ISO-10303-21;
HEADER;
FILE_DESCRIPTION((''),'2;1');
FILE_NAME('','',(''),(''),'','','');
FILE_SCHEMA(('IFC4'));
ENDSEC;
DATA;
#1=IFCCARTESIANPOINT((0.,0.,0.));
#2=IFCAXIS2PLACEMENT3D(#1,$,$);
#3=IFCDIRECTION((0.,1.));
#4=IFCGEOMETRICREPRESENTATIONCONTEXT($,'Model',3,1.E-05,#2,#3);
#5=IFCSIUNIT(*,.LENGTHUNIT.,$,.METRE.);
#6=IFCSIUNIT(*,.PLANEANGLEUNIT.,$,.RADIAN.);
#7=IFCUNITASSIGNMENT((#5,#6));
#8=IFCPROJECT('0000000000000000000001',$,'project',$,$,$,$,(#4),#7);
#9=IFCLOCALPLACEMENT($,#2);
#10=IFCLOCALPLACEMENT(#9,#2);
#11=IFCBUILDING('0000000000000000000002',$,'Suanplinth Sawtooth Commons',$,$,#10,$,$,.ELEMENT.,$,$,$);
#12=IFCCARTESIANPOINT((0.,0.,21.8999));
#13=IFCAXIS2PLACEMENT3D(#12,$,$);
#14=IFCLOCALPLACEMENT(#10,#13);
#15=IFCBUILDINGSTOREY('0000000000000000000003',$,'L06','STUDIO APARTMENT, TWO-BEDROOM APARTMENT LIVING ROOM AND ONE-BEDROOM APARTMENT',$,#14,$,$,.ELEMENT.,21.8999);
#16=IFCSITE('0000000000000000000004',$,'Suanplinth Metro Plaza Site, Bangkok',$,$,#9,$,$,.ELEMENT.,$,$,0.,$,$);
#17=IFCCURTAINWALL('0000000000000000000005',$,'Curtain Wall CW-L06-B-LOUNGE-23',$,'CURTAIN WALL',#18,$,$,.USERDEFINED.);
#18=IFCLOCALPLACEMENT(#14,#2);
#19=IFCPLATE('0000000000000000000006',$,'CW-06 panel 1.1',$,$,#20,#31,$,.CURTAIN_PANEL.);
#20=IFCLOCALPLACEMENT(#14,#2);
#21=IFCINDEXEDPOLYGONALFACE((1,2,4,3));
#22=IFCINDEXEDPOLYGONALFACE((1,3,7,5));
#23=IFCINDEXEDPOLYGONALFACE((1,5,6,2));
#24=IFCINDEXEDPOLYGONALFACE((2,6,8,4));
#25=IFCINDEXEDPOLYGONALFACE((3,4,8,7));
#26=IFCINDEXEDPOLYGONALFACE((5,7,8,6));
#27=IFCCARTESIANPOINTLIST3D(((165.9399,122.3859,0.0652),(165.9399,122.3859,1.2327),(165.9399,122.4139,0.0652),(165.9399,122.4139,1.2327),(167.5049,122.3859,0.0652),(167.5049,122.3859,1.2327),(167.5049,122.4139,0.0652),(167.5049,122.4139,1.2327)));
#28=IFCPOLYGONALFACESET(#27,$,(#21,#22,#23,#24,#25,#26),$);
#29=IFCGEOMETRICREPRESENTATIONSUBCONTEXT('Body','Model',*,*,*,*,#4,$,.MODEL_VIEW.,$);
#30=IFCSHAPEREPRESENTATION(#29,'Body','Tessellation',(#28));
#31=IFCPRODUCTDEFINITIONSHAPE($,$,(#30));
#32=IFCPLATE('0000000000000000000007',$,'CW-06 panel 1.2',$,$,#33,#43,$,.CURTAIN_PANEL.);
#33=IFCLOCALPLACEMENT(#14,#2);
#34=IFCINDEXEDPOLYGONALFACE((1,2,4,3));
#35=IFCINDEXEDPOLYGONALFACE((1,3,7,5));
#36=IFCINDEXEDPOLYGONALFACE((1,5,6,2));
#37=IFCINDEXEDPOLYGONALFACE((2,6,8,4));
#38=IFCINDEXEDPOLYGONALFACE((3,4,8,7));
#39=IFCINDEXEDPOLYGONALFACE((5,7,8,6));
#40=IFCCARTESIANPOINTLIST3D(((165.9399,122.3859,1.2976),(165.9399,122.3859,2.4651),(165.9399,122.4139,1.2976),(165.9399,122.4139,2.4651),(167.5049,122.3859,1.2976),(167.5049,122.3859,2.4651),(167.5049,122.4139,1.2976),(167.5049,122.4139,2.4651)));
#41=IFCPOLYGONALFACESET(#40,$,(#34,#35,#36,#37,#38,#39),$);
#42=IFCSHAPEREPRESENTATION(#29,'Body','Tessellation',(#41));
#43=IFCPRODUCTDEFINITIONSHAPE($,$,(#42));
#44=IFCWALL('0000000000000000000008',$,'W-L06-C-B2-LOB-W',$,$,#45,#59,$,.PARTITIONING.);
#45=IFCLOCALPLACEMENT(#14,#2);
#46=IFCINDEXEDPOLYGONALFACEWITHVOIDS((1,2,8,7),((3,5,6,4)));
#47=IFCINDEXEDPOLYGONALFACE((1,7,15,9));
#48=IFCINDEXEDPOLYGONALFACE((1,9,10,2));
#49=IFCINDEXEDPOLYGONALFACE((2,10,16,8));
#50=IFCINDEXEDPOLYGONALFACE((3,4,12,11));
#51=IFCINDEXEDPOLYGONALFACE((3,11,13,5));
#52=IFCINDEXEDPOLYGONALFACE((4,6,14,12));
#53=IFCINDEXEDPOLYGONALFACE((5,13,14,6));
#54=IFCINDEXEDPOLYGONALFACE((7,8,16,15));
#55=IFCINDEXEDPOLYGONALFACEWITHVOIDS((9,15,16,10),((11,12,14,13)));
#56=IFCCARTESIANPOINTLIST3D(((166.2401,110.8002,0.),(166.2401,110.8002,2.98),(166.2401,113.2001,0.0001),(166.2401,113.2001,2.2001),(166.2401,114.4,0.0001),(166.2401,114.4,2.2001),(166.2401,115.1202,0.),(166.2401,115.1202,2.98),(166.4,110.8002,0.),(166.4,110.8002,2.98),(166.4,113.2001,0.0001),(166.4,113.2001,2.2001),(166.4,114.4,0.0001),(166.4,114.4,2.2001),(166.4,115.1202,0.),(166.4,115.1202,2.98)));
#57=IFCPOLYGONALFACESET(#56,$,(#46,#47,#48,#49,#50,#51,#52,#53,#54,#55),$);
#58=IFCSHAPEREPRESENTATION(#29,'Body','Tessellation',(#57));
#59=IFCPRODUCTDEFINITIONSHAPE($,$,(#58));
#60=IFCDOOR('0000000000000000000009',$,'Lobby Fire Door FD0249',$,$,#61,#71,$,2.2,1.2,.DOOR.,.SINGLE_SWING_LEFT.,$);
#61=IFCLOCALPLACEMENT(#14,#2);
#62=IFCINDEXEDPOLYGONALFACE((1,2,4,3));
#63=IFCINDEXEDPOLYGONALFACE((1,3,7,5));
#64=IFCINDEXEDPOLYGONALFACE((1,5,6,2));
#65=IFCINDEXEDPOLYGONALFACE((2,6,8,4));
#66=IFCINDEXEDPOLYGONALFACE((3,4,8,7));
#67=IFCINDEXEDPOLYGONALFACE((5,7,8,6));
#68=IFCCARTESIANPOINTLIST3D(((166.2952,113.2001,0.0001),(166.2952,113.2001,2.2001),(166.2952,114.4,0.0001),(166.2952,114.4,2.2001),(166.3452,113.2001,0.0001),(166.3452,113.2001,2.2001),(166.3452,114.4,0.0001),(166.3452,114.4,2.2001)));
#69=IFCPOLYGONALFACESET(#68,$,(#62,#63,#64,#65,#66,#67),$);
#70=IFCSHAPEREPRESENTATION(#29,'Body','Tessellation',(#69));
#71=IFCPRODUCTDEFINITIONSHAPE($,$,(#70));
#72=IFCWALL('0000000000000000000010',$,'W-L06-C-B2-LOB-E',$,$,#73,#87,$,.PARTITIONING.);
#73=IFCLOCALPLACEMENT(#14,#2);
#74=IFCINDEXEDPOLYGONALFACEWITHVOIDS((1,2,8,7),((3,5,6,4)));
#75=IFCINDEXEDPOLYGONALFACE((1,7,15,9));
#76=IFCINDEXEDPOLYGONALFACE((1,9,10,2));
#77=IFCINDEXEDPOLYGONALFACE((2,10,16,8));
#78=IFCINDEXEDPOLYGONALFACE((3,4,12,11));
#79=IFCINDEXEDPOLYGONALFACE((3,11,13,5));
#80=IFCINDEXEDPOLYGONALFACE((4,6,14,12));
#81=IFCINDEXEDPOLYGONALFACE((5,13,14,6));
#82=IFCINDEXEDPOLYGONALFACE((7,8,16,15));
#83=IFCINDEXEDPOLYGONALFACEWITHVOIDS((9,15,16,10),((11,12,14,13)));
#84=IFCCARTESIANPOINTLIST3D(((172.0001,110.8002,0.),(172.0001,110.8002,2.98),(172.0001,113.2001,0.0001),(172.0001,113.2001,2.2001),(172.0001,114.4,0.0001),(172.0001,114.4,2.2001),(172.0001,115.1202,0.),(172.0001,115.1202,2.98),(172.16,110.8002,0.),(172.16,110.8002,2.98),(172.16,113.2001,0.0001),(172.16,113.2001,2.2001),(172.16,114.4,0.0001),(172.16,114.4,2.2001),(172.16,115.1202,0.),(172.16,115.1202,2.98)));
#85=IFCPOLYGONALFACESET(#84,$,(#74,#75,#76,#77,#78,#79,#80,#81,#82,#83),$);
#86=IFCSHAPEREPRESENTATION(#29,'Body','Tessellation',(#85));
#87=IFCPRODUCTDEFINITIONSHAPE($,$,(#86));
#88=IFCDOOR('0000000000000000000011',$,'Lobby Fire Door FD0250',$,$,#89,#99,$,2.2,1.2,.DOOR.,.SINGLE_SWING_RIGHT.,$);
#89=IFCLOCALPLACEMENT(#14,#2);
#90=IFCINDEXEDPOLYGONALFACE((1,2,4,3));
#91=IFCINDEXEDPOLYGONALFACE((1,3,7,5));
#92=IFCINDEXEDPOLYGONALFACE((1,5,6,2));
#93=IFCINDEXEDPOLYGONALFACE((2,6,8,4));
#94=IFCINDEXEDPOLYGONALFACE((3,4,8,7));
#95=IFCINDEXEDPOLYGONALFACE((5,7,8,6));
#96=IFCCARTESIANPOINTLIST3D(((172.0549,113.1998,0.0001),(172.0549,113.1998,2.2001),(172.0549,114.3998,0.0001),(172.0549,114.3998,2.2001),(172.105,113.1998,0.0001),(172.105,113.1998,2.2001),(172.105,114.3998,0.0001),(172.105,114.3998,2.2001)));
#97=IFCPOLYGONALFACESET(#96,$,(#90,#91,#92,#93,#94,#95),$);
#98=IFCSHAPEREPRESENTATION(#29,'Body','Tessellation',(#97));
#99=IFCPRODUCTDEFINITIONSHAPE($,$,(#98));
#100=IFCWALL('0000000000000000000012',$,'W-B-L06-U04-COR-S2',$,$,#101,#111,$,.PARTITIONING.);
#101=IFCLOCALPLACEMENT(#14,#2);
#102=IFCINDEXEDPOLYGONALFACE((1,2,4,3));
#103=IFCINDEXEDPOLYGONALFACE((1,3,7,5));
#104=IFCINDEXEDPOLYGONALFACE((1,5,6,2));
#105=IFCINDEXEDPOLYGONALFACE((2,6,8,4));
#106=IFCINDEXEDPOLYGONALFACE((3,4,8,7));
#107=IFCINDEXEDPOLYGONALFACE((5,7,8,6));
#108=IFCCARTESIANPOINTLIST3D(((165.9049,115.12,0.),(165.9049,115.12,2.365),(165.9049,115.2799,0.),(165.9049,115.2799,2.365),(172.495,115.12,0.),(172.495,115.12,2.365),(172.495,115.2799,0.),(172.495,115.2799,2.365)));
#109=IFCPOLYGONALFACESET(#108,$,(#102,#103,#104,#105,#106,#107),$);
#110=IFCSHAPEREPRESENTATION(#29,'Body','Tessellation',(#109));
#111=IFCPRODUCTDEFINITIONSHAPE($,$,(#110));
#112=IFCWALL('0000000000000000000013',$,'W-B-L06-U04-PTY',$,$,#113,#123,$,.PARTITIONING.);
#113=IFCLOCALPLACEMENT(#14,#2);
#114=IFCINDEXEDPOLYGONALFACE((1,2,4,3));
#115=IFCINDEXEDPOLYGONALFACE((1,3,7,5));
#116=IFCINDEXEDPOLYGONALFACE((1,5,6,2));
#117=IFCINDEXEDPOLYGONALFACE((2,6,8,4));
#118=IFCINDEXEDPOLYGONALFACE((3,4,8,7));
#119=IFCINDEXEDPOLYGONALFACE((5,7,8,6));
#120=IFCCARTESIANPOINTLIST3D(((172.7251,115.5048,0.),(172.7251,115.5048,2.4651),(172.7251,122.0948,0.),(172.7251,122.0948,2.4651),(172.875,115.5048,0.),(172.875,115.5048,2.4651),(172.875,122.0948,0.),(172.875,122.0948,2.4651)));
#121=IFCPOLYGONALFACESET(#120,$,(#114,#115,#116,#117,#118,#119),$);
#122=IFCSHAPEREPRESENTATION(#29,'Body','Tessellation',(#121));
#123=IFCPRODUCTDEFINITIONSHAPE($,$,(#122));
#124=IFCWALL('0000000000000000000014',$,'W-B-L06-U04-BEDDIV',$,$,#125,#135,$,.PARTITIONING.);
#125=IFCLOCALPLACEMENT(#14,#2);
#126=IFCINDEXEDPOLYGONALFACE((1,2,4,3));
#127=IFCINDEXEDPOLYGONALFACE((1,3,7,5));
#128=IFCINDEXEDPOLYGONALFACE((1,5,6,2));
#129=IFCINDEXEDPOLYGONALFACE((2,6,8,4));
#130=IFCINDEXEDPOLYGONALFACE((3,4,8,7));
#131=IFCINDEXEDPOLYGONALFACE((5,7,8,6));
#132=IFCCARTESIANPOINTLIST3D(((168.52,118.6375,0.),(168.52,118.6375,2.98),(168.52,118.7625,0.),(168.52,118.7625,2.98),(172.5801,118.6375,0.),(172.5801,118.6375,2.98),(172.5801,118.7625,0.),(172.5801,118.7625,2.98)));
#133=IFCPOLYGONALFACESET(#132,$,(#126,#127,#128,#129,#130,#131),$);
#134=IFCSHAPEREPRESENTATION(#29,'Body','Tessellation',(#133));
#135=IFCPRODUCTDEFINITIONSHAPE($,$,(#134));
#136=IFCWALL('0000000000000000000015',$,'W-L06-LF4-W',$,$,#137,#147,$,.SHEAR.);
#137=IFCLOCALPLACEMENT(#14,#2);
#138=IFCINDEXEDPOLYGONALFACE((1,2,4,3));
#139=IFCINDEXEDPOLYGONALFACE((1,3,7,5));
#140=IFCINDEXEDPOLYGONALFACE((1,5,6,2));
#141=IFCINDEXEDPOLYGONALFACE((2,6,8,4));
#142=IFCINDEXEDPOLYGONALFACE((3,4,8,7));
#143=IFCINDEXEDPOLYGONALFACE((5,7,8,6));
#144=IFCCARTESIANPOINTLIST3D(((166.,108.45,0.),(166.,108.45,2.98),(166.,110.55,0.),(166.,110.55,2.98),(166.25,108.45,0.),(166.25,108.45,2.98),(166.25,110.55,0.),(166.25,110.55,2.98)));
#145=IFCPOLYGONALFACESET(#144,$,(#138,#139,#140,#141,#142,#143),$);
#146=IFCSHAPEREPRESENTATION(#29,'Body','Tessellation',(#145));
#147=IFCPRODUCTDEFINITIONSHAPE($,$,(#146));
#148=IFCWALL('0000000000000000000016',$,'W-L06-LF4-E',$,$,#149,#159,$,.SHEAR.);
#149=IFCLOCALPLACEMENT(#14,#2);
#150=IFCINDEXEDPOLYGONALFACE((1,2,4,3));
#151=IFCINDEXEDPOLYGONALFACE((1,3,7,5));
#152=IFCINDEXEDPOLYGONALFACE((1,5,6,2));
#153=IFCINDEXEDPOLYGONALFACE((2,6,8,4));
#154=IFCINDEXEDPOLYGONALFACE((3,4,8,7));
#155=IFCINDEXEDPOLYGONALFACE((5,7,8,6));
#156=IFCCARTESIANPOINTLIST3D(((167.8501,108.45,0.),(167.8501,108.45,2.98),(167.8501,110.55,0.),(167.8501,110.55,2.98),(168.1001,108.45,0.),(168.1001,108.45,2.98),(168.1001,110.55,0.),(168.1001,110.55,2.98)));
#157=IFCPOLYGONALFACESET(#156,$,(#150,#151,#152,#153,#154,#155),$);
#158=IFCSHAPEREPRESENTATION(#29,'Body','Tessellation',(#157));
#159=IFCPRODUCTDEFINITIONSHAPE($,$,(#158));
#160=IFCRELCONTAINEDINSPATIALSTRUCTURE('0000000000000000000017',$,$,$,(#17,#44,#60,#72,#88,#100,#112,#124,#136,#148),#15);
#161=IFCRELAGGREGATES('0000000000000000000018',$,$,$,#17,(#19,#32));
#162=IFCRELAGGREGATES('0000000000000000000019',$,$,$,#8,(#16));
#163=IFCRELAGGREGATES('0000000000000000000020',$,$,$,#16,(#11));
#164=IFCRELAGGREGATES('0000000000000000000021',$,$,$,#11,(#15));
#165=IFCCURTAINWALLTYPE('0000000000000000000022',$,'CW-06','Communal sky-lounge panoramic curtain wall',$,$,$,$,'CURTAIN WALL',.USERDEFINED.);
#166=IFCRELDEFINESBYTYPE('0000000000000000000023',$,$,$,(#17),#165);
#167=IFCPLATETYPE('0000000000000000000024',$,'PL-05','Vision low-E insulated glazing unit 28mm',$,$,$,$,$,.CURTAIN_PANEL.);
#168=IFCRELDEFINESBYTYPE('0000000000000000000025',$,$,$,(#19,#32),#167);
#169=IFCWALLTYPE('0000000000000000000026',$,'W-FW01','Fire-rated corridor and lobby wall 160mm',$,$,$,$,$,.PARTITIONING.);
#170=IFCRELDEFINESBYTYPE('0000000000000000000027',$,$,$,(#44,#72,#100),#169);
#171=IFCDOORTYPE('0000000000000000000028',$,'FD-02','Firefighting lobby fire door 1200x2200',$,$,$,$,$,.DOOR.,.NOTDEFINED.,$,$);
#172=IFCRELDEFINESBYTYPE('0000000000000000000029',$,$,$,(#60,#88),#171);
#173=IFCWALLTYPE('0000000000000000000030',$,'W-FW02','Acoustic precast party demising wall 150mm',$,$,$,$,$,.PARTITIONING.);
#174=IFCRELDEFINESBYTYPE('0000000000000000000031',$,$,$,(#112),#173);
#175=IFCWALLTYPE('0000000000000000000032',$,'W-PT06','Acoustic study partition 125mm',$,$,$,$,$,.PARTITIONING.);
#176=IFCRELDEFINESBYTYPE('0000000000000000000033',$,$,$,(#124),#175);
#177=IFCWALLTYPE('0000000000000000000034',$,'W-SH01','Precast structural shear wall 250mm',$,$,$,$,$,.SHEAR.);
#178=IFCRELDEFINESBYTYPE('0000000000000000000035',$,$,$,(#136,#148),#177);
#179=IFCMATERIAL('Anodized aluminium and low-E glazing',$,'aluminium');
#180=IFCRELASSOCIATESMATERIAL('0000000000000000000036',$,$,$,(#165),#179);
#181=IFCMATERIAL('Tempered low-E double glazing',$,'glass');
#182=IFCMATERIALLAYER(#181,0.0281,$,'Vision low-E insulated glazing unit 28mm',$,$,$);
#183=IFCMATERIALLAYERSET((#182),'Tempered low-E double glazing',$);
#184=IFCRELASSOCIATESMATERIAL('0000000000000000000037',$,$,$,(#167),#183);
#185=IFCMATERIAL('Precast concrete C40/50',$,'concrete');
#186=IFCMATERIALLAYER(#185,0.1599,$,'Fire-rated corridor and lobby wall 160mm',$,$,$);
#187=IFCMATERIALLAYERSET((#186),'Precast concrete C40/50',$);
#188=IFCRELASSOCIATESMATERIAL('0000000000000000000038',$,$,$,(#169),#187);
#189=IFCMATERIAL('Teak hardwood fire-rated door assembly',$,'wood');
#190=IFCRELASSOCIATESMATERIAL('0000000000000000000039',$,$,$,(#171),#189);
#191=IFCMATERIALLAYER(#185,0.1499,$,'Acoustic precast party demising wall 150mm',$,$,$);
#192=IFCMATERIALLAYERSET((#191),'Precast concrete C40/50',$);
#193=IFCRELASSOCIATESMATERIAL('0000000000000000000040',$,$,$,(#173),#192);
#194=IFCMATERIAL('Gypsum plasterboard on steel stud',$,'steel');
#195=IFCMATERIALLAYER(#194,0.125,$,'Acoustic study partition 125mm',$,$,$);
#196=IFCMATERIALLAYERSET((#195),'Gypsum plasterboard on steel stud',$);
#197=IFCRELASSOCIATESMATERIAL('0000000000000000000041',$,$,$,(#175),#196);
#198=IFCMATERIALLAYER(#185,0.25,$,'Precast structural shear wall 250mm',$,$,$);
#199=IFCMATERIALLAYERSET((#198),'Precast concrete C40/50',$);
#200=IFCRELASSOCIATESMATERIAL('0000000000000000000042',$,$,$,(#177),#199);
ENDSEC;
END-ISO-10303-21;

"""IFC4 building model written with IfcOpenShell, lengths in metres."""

from ifc_helpers import new_model, si_unit, direction, frame, frame_2d, origin, origin_2d, place, context, subcontext, project, spatial, rectangle, extrude, material, layer, layer_set, type_object, element, fill, aggregate, save


model = new_model("IFC4")

# Units and contexts
model_context = context("Model", 3, precision=1e-05, world=origin(), true_north=direction((0.0, 1.0)))
body_context = subcontext(model_context, "Body", "Model", "MODEL_VIEW")
ifc_project = project(units=[si_unit("LENGTHUNIT", "METRE"), si_unit("PLANEANGLEUNIT", "RADIAN")], contexts=[model_context])

# Site, building, storey
site_placement = place(None, origin())
site = spatial("IfcSite", under=ifc_project, at=site_placement, Name="Suanplinth Metro Plaza Site, Bangkok", CompositionType="ELEMENT", RefElevation=0.0)
building_placement = place(site_placement, origin())
building = spatial("IfcBuilding", under=site, at=building_placement, Name="Suanplinth Sawtooth Commons", CompositionType="ELEMENT")
storey_placement = place(building_placement, frame((0.0, 0.0, 21.8999)))
storey = spatial("IfcBuildingStorey", under=building, at=storey_placement, Name="L06", Description="STUDIO APARTMENT, TWO-BEDROOM APARTMENT LIVING ROOM AND ONE-BEDROOM APARTMENT", CompositionType="ELEMENT", Elevation=21.8999)

# Shared definitions
ifc_material_1 = material(Name="Precast concrete C40/50", Category="concrete")

# Curtain wall, plates
ifc_material_2 = material(Name="Anodized aluminium and low-E glazing", Category="aluminium")
curtain_wall_type = type_object("IfcCurtainWallType", Name="CW-06", Description="Communal sky-lounge panoramic curtain wall", ElementType="CURTAIN WALL", PredefinedType="USERDEFINED", material=ifc_material_2)
curtain_wall_placement = place(storey_placement, origin())
curtain_wall = element("IfcCurtainWall", 1, at=curtain_wall_placement, inside=storey, type_object=curtain_wall_type, Name="Curtain Wall CW-L06-B-LOUNGE-23", ObjectType="CURTAIN WALL", PredefinedType="USERDEFINED")
ifc_material_3 = material(Name="Tempered low-E double glazing", Category="glass")
ifc_layer_1 = layer(ifc_material_3, 0.0281, Name="Vision low-E insulated glazing unit 28mm")
ifc_layer_set_1 = layer_set([ifc_layer_1], Name="Tempered low-E double glazing")
plate_type = type_object("IfcPlateType", Name="PL-05", Description="Vision low-E insulated glazing unit 28mm", PredefinedType="CURTAIN_PANEL", material=ifc_layer_set_1)
plate_1_placement = place(storey_placement, frame((166.7224, 122.3999, 0.0652), z_axis=(0.0, 0.0, 1.0), x_axis=(1.0, 0.0, 0.0)))
plate_1 = element("IfcPlate", 2, at=plate_1_placement, type_object=plate_type, Name="CW-06 panel 1.1", PredefinedType="CURTAIN_PANEL", context=body_context, shape_type="SweptSolid", body=[
    extrude(rectangle(XDim=1.5649, YDim=0.0281, at=origin_2d()), origin(), (0.0, 0.0, 1.0), 1.1675),
])
plate_2_placement = place(storey_placement, frame((166.7224, 122.3999, 1.2976), z_axis=(0.0, 0.0, 1.0), x_axis=(1.0, 0.0, 0.0)))
plate_2 = element("IfcPlate", 3, at=plate_2_placement, type_object=plate_type, Name="CW-06 panel 1.2", PredefinedType="CURTAIN_PANEL", context=body_context, shape_type="SweptSolid", body=[
    extrude(rectangle(XDim=1.5649, YDim=0.0281, at=origin_2d()), origin(), (0.0, 0.0, 1.0), 1.1675),
])
aggregate(curtain_wall, [plate_1, plate_2])

# Walls, openings, doors
ifc_layer_2 = layer(ifc_material_1, 0.1599, Name="Fire-rated corridor and lobby wall 160mm")
ifc_layer_set_2 = layer_set([ifc_layer_2], Name="Precast concrete C40/50")
wall_type_1 = type_object("IfcWallType", Name="W-FW01", Description="Fire-rated corridor and lobby wall 160mm", PredefinedType="PARTITIONING", material=ifc_layer_set_2)
wall_1_placement = place(storey_placement, frame((166.3201, 110.8, 0.0), z_axis=(0.0, 0.0, 1.0), x_axis=(0.0, 1.0, 0.0)))
wall_1 = element("IfcWall", 4, at=wall_1_placement, inside=storey, type_object=wall_type_1, Name="W-L06-C-B2-LOB-W", PredefinedType="PARTITIONING", context=body_context, shape_type="SweptSolid", body=[
    extrude(rectangle(XDim=4.3201, YDim=0.1599, at=frame_2d((2.1602, 0.0))), origin(), (0.0, 0.0, 1.0), 2.98),
])
opening_1_placement = place(wall_1_placement, frame((2.3999, 0.0, 0.0)))
opening_1 = element("IfcOpeningElement", 5, at=opening_1_placement, cuts=wall_1, PredefinedType="OPENING", context=body_context, shape_type="SweptSolid", body=[
    extrude(rectangle(XDim=1.2, YDim=2.2, at=frame_2d((0.6001, 1.1001))), frame((0.0, 0.0947, 0.0), z_axis=(0.0, -1.0, 0.0), x_axis=(1.0, 0.0, 0.0)), (0.0, 0.0, 1.0), 0.1897),
])
ifc_material_4 = material(Name="Teak hardwood fire-rated door assembly", Category="wood")
door_type_1 = type_object("IfcDoorType", Name="FD-02", Description="Firefighting lobby fire door 1200x2200", OperationType="NOTDEFINED", PredefinedType="DOOR", material=ifc_material_4)
door_1_placement = place(opening_1_placement, origin())
door_1 = element("IfcDoor", 6, at=door_1_placement, inside=storey, type_object=door_type_1, Name="Lobby Fire Door FD0249", OperationType="SINGLE_SWING_LEFT", OverallHeight=2.2, OverallWidth=1.2, PredefinedType="DOOR", context=body_context, shape_type="SweptSolid", body=[
    extrude(rectangle(XDim=1.2, YDim=2.2, at=frame_2d((0.6001, 1.1001))), frame((0.0, 0.0249, 0.0), z_axis=(0.0, -1.0, 0.0), x_axis=(1.0, 0.0, 0.0)), (0.0, 0.0, 1.0), 0.05),
])
fill(opening_1, door_1)
wall_2_placement = place(storey_placement, frame((172.0801, 110.8, 0.0), z_axis=(0.0, 0.0, 1.0), x_axis=(0.0, 1.0, 0.0)))
wall_2 = element("IfcWall", 7, at=wall_2_placement, inside=storey, type_object=wall_type_1, Name="W-L06-C-B2-LOB-E", PredefinedType="PARTITIONING", context=body_context, shape_type="SweptSolid", body=[
    extrude(rectangle(XDim=4.3201, YDim=0.1599, at=frame_2d((2.1602, 0.0))), origin(), (0.0, 0.0, 1.0), 2.98),
])
opening_2_placement = place(wall_2_placement, frame((2.3999, 0.0, 0.0)))
opening_2 = element("IfcOpeningElement", 8, at=opening_2_placement, cuts=wall_2, PredefinedType="OPENING", context=body_context, shape_type="SweptSolid", body=[
    extrude(rectangle(XDim=1.2, YDim=2.2, at=frame_2d((0.6001, 1.1001))), frame((0.0, 0.0947, 0.0), z_axis=(0.0, -1.0, 0.0), x_axis=(1.0, 0.0, 0.0)), (0.0, 0.0, 1.0), 0.1897),
])
door_2_placement = place(opening_2_placement, frame((1.2, 0.0, 0.0), z_axis=(0.0, 0.0, 1.0), x_axis=(-1.0, 0.0, 0.0)))
door_2 = element("IfcDoor", 9, at=door_2_placement, inside=storey, type_object=door_type_1, Name="Lobby Fire Door FD0250", OperationType="SINGLE_SWING_RIGHT", OverallHeight=2.2, OverallWidth=1.2, PredefinedType="DOOR", context=body_context, shape_type="SweptSolid", body=[
    extrude(rectangle(XDim=1.2, YDim=2.2, at=frame_2d((0.6001, 1.1001))), frame((0.0, 0.0249, 0.0), z_axis=(0.0, -1.0, 0.0), x_axis=(1.0, 0.0, 0.0)), (0.0, 0.0, 1.0), 0.05),
])
fill(opening_2, door_2)

# Walls
wall_3_placement = place(storey_placement, frame((165.905, 115.2, 0.0), z_axis=(0.0, 0.0, 1.0), x_axis=(1.0, 0.0, 0.0)))
element("IfcWall", 10, at=wall_3_placement, inside=storey, type_object=wall_type_1, Name="W-B-L06-U04-COR-S2", PredefinedType="PARTITIONING", context=body_context, shape_type="SweptSolid", body=[
    extrude(rectangle(XDim=6.5901, YDim=0.1599, at=frame_2d((3.2949, 0.0))), origin(), (0.0, 0.0, 1.0), 2.365),
])
ifc_layer_3 = layer(ifc_material_1, 0.1499, Name="Acoustic precast party demising wall 150mm")
ifc_layer_set_3 = layer_set([ifc_layer_3], Name="Precast concrete C40/50")
wall_type_2 = type_object("IfcWallType", Name="W-FW02", Description="Acoustic precast party demising wall 150mm", PredefinedType="PARTITIONING", material=ifc_layer_set_3)
wall_4_placement = place(storey_placement, frame((172.8, 115.5049, 0.0), z_axis=(0.0, 0.0, 1.0), x_axis=(0.0, 1.0, 0.0)))
element("IfcWall", 11, at=wall_4_placement, inside=storey, type_object=wall_type_2, Name="W-B-L06-U04-PTY", PredefinedType="PARTITIONING", context=body_context, shape_type="SweptSolid", body=[
    extrude(rectangle(XDim=6.5901, YDim=0.1499, at=frame_2d((3.2949, 0.0))), origin(), (0.0, 0.0, 1.0), 2.4651),
])

# Shared definitions
ifc_material_5 = material(Name="Gypsum plasterboard on steel stud", Category="steel")

# Walls
ifc_layer_4 = layer(ifc_material_5, 0.125, Name="Acoustic study partition 125mm")
ifc_layer_set_4 = layer_set([ifc_layer_4], Name="Gypsum plasterboard on steel stud")
wall_type_3 = type_object("IfcWallType", Name="W-PT06", Description="Acoustic study partition 125mm", PredefinedType="PARTITIONING", material=ifc_layer_set_4)
wall_5_placement = place(storey_placement, frame((168.52, 118.7, 0.0), z_axis=(0.0, 0.0, 1.0), x_axis=(1.0, 0.0, 0.0)))
element("IfcWall", 12, at=wall_5_placement, inside=storey, type_object=wall_type_3, Name="W-B-L06-U04-BEDDIV", PredefinedType="PARTITIONING", context=body_context, shape_type="SweptSolid", body=[
    extrude(rectangle(XDim=4.0601, YDim=0.125, at=frame_2d((2.03, 0.0))), origin(), (0.0, 0.0, 1.0), 2.98),
])
ifc_layer_5 = layer(ifc_material_1, 0.25, Name="Precast structural shear wall 250mm")
ifc_layer_set_5 = layer_set([ifc_layer_5], Name="Precast concrete C40/50")
wall_type_4 = type_object("IfcWallType", Name="W-SH01", Description="Precast structural shear wall 250mm", PredefinedType="SHEAR", material=ifc_layer_set_5)
for number, where, z_axis, x_axis, name in (
    (13, (166.125, 108.45, 0.0), (0.0, 0.0, 1.0), (0.0, 1.0, 0.0), "W-L06-LF4-W"),
    (14, (167.9751, 108.45, 0.0), (0.0, 0.0, 1.0), (0.0, 1.0, 0.0), "W-L06-LF4-E"),
):
    element("IfcWall", number, at=place(storey_placement, frame(where, z_axis=z_axis, x_axis=x_axis)), inside=storey, type_object=wall_type_4, Name=name, PredefinedType="SHEAR", context=body_context, shape_type="SweptSolid", body=[
        extrude(rectangle(XDim=2.1001, YDim=0.25, at=frame_2d((1.05, 0.0))), origin(), (0.0, 0.0, 1.0), 2.98),
    ])

save(model, "model.ifc")
